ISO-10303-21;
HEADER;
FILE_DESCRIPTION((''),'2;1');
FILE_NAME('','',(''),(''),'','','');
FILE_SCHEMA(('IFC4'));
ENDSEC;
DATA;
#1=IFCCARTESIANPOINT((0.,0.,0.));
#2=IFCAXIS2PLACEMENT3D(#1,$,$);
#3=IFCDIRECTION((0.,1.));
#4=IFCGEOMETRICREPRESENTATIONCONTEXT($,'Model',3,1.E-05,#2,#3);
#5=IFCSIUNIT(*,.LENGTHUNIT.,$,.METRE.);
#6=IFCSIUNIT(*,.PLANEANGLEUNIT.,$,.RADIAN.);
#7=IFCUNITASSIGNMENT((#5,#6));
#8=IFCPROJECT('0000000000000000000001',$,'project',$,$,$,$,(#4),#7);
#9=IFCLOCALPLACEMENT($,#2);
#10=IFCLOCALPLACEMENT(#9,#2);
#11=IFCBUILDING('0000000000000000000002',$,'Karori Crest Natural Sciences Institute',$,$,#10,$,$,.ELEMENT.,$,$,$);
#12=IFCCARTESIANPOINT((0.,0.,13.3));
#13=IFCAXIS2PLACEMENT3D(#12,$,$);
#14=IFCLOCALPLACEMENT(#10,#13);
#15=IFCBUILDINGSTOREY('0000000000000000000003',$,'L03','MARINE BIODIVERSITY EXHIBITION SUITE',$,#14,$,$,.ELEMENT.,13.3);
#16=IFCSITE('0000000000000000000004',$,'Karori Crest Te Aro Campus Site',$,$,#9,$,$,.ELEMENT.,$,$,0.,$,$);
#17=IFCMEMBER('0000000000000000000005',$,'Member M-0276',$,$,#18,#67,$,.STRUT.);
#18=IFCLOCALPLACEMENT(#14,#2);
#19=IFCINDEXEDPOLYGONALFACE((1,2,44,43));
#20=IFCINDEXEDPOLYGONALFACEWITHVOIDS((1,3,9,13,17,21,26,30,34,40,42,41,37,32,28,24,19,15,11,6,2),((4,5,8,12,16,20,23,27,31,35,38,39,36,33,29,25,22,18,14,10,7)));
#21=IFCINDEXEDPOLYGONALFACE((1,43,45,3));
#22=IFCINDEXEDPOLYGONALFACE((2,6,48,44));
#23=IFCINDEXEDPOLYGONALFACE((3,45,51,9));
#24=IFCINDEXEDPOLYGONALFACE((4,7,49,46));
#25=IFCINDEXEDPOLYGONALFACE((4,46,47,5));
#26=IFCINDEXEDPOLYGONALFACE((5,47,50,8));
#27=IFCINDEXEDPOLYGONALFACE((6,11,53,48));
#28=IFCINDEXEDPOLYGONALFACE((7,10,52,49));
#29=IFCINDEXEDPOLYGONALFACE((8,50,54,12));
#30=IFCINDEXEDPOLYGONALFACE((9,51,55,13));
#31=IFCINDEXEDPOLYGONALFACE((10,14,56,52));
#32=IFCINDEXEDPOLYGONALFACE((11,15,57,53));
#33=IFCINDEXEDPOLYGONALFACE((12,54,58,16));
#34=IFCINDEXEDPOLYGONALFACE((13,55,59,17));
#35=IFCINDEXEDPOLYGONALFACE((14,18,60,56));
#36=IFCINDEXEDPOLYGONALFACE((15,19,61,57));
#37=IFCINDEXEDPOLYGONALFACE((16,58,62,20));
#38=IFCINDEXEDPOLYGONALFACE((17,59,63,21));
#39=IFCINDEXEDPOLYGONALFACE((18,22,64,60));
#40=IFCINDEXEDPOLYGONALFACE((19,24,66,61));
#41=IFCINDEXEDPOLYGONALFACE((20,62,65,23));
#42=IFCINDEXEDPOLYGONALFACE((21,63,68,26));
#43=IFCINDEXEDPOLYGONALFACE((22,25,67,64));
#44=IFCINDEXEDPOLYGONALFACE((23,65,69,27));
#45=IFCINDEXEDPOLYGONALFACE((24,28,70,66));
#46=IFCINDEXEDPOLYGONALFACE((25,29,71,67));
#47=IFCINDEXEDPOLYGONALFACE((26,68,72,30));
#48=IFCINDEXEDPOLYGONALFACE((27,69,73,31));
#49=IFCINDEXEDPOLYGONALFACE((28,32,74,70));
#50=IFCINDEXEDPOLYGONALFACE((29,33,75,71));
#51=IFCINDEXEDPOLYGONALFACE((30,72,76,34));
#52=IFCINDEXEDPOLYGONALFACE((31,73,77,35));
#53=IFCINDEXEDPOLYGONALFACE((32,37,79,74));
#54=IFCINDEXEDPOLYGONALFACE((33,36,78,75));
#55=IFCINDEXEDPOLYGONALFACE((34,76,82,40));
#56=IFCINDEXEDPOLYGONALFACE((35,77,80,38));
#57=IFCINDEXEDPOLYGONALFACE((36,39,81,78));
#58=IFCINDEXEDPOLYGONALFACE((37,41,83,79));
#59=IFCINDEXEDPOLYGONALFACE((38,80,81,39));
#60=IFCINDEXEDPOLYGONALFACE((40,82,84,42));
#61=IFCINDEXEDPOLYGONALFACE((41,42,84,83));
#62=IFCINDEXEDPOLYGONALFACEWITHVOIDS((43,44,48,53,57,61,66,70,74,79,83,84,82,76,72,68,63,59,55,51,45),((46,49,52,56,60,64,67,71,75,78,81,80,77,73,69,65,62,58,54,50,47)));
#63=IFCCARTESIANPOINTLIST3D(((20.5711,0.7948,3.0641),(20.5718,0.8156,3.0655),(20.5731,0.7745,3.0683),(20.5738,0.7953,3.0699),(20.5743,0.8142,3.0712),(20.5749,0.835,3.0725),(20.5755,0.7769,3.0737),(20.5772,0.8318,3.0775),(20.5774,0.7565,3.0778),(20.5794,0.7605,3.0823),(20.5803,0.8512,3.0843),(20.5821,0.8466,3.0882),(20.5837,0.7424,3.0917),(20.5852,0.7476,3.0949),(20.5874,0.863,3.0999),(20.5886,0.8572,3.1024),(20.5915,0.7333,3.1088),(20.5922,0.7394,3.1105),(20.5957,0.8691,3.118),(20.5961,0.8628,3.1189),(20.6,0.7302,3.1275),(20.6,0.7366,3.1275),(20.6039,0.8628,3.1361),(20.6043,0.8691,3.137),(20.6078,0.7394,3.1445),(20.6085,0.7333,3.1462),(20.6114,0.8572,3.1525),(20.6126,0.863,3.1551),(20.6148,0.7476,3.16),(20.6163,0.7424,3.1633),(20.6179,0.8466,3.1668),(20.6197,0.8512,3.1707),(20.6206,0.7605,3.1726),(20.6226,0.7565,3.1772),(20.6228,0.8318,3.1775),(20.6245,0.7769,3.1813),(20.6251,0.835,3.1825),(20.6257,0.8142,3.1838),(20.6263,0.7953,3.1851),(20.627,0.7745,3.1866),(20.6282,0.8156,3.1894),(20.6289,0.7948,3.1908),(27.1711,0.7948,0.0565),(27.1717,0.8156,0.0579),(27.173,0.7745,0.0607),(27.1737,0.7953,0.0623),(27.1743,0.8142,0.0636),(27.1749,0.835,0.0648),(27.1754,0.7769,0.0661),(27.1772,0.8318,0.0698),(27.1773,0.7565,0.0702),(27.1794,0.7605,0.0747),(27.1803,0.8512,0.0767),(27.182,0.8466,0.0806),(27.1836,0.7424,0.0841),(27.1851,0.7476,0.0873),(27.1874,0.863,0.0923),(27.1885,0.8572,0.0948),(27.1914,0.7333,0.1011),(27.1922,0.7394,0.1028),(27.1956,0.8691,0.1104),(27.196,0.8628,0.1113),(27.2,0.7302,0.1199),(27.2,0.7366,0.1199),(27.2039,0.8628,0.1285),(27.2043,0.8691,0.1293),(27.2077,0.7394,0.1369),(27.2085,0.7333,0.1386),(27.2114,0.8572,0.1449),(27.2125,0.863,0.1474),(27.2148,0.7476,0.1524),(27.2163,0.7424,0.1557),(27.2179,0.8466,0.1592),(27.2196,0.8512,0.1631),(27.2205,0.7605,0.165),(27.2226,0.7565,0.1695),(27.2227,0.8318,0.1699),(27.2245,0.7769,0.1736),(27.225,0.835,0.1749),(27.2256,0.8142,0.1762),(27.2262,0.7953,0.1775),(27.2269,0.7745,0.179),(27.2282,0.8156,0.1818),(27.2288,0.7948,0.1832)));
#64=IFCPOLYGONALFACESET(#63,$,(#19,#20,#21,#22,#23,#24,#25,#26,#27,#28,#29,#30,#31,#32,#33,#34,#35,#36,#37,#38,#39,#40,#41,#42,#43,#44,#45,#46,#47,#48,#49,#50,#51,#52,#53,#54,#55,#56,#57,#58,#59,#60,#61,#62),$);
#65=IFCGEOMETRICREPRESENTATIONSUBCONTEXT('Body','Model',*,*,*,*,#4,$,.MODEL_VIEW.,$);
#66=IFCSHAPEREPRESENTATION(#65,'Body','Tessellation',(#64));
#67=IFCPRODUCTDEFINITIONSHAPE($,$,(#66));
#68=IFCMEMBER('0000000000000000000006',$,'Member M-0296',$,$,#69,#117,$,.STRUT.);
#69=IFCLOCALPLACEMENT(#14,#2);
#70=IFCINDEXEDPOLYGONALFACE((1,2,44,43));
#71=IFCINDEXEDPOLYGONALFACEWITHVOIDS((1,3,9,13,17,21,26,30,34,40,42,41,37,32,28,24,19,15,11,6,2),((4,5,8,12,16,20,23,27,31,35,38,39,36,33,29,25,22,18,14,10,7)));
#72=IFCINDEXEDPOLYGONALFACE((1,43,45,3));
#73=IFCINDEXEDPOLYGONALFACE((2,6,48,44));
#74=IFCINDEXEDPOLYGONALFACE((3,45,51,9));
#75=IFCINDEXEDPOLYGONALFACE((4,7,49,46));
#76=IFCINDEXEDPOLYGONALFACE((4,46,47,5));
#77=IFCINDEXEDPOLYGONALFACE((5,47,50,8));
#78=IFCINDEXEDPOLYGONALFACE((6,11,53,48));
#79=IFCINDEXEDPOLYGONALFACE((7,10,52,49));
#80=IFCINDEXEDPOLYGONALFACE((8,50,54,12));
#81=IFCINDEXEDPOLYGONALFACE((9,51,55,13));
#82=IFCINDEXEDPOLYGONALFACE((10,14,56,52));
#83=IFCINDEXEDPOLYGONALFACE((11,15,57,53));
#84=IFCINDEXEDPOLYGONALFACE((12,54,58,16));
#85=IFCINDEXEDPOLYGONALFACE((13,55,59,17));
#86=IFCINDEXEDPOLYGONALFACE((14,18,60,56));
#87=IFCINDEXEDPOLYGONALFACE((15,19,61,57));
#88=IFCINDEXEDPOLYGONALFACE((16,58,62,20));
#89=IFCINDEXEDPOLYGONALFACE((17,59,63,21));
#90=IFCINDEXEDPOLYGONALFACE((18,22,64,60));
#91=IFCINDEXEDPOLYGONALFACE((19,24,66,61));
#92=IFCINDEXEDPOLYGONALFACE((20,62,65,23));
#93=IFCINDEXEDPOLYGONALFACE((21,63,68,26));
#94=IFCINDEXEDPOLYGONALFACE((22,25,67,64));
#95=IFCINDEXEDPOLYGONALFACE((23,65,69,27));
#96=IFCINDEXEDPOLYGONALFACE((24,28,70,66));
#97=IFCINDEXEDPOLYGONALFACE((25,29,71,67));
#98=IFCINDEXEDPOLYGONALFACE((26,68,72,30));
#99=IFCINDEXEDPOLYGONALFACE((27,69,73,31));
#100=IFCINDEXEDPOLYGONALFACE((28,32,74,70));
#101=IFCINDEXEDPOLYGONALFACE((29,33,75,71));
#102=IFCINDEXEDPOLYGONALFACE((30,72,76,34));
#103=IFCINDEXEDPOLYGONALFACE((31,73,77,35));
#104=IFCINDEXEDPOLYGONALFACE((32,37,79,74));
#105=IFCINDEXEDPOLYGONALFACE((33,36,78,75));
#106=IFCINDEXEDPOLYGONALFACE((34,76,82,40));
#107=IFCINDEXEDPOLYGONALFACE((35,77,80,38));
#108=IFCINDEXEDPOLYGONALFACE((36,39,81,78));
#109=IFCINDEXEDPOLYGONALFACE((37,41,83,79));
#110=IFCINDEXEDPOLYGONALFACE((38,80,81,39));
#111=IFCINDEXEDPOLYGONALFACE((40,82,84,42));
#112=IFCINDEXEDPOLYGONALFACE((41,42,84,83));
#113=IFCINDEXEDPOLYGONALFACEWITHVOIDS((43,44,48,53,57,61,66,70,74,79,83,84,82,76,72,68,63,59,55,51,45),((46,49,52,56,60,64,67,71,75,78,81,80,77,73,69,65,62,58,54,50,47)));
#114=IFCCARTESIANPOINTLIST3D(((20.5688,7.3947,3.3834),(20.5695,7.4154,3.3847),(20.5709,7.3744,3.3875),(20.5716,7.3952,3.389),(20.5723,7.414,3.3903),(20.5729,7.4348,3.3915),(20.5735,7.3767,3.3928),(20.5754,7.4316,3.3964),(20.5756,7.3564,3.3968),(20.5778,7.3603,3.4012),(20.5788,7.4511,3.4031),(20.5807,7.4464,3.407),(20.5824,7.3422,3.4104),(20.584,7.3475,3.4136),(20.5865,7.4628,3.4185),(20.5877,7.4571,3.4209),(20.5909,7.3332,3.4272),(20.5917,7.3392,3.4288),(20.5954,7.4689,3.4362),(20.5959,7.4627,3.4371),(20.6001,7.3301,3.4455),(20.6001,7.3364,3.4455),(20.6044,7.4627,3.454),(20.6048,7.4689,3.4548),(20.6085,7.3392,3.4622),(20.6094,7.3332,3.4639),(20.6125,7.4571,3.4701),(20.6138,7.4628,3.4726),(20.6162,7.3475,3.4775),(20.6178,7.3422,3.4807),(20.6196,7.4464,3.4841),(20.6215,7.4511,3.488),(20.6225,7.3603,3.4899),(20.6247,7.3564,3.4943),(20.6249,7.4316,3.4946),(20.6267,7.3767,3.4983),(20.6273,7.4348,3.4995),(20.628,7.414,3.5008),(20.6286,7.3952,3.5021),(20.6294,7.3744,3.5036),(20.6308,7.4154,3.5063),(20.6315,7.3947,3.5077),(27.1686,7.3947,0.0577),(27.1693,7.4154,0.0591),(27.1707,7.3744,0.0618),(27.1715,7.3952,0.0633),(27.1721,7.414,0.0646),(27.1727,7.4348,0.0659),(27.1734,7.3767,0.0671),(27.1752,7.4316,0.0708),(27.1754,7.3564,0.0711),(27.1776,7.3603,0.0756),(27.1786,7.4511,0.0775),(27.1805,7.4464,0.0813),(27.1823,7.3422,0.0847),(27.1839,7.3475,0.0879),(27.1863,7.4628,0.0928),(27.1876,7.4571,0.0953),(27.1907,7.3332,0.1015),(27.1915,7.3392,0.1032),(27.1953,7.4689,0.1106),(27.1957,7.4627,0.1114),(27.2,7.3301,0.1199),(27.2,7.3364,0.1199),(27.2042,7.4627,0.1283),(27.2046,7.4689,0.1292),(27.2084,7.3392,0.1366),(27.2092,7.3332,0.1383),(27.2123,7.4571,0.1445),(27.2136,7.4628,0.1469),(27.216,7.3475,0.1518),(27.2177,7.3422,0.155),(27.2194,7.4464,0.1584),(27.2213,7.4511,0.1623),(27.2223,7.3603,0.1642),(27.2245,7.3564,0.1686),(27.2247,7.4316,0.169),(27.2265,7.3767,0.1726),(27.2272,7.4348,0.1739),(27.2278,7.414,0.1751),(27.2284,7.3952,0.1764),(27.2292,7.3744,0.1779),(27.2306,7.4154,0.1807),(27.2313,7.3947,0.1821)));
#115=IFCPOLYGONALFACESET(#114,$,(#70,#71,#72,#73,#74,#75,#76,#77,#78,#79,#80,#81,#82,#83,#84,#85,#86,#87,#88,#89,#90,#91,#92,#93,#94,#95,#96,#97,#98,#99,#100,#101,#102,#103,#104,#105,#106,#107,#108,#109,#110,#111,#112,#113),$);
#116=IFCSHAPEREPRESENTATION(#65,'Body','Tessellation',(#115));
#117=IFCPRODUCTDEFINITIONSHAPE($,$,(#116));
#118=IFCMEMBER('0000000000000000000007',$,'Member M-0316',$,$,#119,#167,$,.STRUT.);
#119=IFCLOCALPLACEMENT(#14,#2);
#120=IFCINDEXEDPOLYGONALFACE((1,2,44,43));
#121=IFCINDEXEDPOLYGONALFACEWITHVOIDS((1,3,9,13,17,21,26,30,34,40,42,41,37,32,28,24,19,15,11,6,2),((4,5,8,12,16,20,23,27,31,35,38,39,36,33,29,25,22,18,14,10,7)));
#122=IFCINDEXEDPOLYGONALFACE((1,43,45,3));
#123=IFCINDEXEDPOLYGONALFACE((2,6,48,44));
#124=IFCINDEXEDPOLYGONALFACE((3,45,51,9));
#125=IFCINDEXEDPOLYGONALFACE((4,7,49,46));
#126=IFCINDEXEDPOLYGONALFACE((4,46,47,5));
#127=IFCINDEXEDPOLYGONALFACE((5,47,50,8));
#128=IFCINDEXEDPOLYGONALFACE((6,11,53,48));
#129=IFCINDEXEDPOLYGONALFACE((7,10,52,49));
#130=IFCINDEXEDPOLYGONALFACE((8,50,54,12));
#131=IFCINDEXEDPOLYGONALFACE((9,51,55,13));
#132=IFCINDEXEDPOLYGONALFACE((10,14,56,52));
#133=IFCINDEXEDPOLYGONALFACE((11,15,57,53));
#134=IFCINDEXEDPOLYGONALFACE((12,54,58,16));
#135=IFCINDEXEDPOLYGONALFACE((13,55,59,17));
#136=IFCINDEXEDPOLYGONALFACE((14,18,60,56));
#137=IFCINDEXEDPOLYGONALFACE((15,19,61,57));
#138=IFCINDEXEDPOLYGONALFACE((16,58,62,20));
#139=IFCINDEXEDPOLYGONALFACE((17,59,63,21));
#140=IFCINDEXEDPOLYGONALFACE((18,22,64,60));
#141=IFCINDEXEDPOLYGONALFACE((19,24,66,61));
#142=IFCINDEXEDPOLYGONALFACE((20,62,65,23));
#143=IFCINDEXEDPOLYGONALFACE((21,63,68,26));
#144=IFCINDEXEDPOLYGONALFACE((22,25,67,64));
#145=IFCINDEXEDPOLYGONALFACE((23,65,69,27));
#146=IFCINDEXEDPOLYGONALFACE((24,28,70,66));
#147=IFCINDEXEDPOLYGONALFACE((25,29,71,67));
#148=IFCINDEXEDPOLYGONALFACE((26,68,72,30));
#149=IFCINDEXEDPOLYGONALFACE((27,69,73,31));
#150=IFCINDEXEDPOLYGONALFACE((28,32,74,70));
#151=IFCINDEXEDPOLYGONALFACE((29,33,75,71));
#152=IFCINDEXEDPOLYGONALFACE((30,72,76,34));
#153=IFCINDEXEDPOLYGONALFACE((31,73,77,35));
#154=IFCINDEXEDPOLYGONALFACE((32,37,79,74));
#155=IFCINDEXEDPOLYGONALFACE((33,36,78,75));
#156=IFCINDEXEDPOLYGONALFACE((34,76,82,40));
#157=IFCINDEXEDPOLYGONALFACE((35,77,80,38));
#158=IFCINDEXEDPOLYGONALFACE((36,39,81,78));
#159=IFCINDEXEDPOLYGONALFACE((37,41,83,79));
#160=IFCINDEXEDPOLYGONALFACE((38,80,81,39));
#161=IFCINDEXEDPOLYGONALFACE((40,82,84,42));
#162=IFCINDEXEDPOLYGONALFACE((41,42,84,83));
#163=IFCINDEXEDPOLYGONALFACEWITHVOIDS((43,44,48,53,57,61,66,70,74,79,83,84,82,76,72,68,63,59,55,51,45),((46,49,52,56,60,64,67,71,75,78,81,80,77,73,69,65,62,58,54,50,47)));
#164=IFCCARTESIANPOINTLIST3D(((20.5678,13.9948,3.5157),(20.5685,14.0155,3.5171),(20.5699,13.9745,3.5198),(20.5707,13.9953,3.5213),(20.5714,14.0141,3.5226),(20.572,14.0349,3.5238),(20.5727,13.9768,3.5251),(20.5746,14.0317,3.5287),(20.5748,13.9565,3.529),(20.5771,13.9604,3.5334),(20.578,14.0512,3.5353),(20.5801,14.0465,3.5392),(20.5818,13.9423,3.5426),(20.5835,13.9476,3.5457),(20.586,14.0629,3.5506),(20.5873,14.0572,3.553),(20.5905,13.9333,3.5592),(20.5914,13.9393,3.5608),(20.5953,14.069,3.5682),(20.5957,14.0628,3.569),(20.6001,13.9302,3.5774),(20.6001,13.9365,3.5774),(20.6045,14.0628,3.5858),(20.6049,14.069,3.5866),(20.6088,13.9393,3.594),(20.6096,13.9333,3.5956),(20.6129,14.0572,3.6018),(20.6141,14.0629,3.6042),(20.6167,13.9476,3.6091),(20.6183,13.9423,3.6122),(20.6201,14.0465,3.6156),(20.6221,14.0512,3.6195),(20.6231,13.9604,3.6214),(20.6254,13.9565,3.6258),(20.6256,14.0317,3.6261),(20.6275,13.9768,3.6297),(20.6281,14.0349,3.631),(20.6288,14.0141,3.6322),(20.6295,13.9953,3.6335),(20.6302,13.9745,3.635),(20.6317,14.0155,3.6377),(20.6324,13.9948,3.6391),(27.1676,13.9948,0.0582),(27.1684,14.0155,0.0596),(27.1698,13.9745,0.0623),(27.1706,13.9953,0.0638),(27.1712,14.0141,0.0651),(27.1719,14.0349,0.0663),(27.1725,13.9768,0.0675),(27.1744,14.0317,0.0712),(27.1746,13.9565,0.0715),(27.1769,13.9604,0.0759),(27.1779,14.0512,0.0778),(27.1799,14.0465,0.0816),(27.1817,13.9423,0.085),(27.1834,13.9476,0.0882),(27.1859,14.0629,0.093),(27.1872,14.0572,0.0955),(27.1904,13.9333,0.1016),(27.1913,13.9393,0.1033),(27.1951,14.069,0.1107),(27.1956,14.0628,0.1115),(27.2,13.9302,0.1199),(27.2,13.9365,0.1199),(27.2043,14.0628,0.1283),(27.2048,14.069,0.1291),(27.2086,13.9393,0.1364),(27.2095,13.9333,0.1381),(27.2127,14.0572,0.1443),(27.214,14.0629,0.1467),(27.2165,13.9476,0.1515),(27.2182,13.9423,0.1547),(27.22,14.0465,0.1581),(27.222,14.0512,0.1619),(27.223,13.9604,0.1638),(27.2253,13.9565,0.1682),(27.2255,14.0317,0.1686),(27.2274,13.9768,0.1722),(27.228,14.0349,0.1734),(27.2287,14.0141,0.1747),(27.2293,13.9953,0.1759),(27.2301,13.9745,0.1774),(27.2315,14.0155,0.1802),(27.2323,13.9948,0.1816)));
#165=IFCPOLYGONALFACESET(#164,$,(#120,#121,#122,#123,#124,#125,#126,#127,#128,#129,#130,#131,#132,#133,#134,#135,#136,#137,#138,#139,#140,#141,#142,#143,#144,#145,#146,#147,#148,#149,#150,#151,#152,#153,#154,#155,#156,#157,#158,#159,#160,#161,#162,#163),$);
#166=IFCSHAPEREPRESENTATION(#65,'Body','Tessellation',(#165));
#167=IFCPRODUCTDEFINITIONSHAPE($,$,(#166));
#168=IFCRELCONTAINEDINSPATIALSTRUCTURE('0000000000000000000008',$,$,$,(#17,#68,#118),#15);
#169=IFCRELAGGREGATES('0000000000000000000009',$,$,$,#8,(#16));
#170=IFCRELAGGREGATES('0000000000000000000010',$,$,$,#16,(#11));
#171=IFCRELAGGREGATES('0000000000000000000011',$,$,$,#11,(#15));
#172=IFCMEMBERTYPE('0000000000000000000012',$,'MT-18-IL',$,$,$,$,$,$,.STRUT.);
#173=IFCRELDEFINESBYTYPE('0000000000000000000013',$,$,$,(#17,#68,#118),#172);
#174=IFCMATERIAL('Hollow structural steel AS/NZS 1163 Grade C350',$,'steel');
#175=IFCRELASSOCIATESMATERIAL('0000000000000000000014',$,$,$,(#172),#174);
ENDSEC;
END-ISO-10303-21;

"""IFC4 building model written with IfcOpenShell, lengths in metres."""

from ifc_helpers import new_model, si_unit, direction, frame, origin, origin_2d, place, context, subcontext, project, spatial, hollow_circle, extrude, material, material_profile, profile_set, type_object, element, save


model = new_model("IFC4")

# Units and contexts
model_context = context("Model", 3, precision=1e-05, world=origin(), true_north=direction((0.0, 1.0)))
body_context = subcontext(model_context, "Body", "Model", "MODEL_VIEW")
ifc_project = project(units=[si_unit("LENGTHUNIT", "METRE"), si_unit("PLANEANGLEUNIT", "RADIAN")], contexts=[model_context])

# Site, building, storey
site_placement = place(None, origin())
site = spatial("IfcSite", under=ifc_project, at=site_placement, Name="Karori Crest Te Aro Campus Site", CompositionType="ELEMENT", RefElevation=0.0)
building_placement = place(site_placement, origin())
building = spatial("IfcBuilding", under=site, at=building_placement, Name="Karori Crest Natural Sciences Institute", CompositionType="ELEMENT")
storey_placement = place(building_placement, frame((0.0, 0.0, 13.3)))
storey = spatial("IfcBuildingStorey", under=building, at=storey_placement, Name="L03", Description="MARINE BIODIVERSITY EXHIBITION SUITE", CompositionType="ELEMENT", Elevation=13.3)

# Members
ifc_material_1 = material(Name="Hollow structural steel AS/NZS 1163 Grade C350", Category="steel")
ifc_material_profile_1 = material_profile(ifc_material_1, hollow_circle(Radius=0.0698, WallThickness=0.0063, at=origin_2d()), Name="CHS139.7x6.4")
ifc_profile_set_1 = profile_set([ifc_material_profile_1], Name="Hollow structural steel AS/NZS 1163 Grade C350")
member_type_1 = type_object("IfcMemberType", Name="MT-18-IL", PredefinedType="STRUT", material=ifc_profile_set_1)
member_1_placement = place(storey_placement, frame((27.2, 0.8, 0.1199), z_axis=(-0.90997, 0.0, 0.414675), x_axis=(0.0, -1.0, 0.0)))
element("IfcMember", 1, at=member_1_placement, inside=storey, type_object=member_type_1, Name="Member M-0276", PredefinedType="STRUT", context=body_context, shape_type="SweptSolid", body=[
    extrude(hollow_circle(Radius=0.0698, WallThickness=0.0063, at=origin_2d()), origin(), (0.0, 0.0, 1.0), 7.2529),
])
member_2_placement = place(storey_placement, frame((27.2, 7.3999, 0.1199), z_axis=(-0.893029, 0.0, 0.45), x_axis=(0.0, -1.0, 0.0)))
element("IfcMember", 2, at=member_2_placement, inside=storey, type_object=member_type_1, Name="Member M-0296", PredefinedType="STRUT", context=body_context, shape_type="SweptSolid", body=[
    extrude(hollow_circle(Radius=0.0698, WallThickness=0.0063, at=origin_2d()), origin(), (0.0, 0.0, 1.0), 7.3904),
])
member_3_placement = place(storey_placement, frame((27.2, 14.0, 0.1199), z_axis=(-0.885807, 0.0, 0.464055), x_axis=(0.0, -1.0, 0.0)))
element("IfcMember", 3, at=member_3_placement, inside=storey, type_object=member_type_1, Name="Member M-0316", PredefinedType="STRUT", context=body_context, shape_type="SweptSolid", body=[
    extrude(hollow_circle(Radius=0.0698, WallThickness=0.0063, at=origin_2d()), origin(), (0.0, 0.0, 1.0), 7.4507),
])

save(model, "model.ifc")
